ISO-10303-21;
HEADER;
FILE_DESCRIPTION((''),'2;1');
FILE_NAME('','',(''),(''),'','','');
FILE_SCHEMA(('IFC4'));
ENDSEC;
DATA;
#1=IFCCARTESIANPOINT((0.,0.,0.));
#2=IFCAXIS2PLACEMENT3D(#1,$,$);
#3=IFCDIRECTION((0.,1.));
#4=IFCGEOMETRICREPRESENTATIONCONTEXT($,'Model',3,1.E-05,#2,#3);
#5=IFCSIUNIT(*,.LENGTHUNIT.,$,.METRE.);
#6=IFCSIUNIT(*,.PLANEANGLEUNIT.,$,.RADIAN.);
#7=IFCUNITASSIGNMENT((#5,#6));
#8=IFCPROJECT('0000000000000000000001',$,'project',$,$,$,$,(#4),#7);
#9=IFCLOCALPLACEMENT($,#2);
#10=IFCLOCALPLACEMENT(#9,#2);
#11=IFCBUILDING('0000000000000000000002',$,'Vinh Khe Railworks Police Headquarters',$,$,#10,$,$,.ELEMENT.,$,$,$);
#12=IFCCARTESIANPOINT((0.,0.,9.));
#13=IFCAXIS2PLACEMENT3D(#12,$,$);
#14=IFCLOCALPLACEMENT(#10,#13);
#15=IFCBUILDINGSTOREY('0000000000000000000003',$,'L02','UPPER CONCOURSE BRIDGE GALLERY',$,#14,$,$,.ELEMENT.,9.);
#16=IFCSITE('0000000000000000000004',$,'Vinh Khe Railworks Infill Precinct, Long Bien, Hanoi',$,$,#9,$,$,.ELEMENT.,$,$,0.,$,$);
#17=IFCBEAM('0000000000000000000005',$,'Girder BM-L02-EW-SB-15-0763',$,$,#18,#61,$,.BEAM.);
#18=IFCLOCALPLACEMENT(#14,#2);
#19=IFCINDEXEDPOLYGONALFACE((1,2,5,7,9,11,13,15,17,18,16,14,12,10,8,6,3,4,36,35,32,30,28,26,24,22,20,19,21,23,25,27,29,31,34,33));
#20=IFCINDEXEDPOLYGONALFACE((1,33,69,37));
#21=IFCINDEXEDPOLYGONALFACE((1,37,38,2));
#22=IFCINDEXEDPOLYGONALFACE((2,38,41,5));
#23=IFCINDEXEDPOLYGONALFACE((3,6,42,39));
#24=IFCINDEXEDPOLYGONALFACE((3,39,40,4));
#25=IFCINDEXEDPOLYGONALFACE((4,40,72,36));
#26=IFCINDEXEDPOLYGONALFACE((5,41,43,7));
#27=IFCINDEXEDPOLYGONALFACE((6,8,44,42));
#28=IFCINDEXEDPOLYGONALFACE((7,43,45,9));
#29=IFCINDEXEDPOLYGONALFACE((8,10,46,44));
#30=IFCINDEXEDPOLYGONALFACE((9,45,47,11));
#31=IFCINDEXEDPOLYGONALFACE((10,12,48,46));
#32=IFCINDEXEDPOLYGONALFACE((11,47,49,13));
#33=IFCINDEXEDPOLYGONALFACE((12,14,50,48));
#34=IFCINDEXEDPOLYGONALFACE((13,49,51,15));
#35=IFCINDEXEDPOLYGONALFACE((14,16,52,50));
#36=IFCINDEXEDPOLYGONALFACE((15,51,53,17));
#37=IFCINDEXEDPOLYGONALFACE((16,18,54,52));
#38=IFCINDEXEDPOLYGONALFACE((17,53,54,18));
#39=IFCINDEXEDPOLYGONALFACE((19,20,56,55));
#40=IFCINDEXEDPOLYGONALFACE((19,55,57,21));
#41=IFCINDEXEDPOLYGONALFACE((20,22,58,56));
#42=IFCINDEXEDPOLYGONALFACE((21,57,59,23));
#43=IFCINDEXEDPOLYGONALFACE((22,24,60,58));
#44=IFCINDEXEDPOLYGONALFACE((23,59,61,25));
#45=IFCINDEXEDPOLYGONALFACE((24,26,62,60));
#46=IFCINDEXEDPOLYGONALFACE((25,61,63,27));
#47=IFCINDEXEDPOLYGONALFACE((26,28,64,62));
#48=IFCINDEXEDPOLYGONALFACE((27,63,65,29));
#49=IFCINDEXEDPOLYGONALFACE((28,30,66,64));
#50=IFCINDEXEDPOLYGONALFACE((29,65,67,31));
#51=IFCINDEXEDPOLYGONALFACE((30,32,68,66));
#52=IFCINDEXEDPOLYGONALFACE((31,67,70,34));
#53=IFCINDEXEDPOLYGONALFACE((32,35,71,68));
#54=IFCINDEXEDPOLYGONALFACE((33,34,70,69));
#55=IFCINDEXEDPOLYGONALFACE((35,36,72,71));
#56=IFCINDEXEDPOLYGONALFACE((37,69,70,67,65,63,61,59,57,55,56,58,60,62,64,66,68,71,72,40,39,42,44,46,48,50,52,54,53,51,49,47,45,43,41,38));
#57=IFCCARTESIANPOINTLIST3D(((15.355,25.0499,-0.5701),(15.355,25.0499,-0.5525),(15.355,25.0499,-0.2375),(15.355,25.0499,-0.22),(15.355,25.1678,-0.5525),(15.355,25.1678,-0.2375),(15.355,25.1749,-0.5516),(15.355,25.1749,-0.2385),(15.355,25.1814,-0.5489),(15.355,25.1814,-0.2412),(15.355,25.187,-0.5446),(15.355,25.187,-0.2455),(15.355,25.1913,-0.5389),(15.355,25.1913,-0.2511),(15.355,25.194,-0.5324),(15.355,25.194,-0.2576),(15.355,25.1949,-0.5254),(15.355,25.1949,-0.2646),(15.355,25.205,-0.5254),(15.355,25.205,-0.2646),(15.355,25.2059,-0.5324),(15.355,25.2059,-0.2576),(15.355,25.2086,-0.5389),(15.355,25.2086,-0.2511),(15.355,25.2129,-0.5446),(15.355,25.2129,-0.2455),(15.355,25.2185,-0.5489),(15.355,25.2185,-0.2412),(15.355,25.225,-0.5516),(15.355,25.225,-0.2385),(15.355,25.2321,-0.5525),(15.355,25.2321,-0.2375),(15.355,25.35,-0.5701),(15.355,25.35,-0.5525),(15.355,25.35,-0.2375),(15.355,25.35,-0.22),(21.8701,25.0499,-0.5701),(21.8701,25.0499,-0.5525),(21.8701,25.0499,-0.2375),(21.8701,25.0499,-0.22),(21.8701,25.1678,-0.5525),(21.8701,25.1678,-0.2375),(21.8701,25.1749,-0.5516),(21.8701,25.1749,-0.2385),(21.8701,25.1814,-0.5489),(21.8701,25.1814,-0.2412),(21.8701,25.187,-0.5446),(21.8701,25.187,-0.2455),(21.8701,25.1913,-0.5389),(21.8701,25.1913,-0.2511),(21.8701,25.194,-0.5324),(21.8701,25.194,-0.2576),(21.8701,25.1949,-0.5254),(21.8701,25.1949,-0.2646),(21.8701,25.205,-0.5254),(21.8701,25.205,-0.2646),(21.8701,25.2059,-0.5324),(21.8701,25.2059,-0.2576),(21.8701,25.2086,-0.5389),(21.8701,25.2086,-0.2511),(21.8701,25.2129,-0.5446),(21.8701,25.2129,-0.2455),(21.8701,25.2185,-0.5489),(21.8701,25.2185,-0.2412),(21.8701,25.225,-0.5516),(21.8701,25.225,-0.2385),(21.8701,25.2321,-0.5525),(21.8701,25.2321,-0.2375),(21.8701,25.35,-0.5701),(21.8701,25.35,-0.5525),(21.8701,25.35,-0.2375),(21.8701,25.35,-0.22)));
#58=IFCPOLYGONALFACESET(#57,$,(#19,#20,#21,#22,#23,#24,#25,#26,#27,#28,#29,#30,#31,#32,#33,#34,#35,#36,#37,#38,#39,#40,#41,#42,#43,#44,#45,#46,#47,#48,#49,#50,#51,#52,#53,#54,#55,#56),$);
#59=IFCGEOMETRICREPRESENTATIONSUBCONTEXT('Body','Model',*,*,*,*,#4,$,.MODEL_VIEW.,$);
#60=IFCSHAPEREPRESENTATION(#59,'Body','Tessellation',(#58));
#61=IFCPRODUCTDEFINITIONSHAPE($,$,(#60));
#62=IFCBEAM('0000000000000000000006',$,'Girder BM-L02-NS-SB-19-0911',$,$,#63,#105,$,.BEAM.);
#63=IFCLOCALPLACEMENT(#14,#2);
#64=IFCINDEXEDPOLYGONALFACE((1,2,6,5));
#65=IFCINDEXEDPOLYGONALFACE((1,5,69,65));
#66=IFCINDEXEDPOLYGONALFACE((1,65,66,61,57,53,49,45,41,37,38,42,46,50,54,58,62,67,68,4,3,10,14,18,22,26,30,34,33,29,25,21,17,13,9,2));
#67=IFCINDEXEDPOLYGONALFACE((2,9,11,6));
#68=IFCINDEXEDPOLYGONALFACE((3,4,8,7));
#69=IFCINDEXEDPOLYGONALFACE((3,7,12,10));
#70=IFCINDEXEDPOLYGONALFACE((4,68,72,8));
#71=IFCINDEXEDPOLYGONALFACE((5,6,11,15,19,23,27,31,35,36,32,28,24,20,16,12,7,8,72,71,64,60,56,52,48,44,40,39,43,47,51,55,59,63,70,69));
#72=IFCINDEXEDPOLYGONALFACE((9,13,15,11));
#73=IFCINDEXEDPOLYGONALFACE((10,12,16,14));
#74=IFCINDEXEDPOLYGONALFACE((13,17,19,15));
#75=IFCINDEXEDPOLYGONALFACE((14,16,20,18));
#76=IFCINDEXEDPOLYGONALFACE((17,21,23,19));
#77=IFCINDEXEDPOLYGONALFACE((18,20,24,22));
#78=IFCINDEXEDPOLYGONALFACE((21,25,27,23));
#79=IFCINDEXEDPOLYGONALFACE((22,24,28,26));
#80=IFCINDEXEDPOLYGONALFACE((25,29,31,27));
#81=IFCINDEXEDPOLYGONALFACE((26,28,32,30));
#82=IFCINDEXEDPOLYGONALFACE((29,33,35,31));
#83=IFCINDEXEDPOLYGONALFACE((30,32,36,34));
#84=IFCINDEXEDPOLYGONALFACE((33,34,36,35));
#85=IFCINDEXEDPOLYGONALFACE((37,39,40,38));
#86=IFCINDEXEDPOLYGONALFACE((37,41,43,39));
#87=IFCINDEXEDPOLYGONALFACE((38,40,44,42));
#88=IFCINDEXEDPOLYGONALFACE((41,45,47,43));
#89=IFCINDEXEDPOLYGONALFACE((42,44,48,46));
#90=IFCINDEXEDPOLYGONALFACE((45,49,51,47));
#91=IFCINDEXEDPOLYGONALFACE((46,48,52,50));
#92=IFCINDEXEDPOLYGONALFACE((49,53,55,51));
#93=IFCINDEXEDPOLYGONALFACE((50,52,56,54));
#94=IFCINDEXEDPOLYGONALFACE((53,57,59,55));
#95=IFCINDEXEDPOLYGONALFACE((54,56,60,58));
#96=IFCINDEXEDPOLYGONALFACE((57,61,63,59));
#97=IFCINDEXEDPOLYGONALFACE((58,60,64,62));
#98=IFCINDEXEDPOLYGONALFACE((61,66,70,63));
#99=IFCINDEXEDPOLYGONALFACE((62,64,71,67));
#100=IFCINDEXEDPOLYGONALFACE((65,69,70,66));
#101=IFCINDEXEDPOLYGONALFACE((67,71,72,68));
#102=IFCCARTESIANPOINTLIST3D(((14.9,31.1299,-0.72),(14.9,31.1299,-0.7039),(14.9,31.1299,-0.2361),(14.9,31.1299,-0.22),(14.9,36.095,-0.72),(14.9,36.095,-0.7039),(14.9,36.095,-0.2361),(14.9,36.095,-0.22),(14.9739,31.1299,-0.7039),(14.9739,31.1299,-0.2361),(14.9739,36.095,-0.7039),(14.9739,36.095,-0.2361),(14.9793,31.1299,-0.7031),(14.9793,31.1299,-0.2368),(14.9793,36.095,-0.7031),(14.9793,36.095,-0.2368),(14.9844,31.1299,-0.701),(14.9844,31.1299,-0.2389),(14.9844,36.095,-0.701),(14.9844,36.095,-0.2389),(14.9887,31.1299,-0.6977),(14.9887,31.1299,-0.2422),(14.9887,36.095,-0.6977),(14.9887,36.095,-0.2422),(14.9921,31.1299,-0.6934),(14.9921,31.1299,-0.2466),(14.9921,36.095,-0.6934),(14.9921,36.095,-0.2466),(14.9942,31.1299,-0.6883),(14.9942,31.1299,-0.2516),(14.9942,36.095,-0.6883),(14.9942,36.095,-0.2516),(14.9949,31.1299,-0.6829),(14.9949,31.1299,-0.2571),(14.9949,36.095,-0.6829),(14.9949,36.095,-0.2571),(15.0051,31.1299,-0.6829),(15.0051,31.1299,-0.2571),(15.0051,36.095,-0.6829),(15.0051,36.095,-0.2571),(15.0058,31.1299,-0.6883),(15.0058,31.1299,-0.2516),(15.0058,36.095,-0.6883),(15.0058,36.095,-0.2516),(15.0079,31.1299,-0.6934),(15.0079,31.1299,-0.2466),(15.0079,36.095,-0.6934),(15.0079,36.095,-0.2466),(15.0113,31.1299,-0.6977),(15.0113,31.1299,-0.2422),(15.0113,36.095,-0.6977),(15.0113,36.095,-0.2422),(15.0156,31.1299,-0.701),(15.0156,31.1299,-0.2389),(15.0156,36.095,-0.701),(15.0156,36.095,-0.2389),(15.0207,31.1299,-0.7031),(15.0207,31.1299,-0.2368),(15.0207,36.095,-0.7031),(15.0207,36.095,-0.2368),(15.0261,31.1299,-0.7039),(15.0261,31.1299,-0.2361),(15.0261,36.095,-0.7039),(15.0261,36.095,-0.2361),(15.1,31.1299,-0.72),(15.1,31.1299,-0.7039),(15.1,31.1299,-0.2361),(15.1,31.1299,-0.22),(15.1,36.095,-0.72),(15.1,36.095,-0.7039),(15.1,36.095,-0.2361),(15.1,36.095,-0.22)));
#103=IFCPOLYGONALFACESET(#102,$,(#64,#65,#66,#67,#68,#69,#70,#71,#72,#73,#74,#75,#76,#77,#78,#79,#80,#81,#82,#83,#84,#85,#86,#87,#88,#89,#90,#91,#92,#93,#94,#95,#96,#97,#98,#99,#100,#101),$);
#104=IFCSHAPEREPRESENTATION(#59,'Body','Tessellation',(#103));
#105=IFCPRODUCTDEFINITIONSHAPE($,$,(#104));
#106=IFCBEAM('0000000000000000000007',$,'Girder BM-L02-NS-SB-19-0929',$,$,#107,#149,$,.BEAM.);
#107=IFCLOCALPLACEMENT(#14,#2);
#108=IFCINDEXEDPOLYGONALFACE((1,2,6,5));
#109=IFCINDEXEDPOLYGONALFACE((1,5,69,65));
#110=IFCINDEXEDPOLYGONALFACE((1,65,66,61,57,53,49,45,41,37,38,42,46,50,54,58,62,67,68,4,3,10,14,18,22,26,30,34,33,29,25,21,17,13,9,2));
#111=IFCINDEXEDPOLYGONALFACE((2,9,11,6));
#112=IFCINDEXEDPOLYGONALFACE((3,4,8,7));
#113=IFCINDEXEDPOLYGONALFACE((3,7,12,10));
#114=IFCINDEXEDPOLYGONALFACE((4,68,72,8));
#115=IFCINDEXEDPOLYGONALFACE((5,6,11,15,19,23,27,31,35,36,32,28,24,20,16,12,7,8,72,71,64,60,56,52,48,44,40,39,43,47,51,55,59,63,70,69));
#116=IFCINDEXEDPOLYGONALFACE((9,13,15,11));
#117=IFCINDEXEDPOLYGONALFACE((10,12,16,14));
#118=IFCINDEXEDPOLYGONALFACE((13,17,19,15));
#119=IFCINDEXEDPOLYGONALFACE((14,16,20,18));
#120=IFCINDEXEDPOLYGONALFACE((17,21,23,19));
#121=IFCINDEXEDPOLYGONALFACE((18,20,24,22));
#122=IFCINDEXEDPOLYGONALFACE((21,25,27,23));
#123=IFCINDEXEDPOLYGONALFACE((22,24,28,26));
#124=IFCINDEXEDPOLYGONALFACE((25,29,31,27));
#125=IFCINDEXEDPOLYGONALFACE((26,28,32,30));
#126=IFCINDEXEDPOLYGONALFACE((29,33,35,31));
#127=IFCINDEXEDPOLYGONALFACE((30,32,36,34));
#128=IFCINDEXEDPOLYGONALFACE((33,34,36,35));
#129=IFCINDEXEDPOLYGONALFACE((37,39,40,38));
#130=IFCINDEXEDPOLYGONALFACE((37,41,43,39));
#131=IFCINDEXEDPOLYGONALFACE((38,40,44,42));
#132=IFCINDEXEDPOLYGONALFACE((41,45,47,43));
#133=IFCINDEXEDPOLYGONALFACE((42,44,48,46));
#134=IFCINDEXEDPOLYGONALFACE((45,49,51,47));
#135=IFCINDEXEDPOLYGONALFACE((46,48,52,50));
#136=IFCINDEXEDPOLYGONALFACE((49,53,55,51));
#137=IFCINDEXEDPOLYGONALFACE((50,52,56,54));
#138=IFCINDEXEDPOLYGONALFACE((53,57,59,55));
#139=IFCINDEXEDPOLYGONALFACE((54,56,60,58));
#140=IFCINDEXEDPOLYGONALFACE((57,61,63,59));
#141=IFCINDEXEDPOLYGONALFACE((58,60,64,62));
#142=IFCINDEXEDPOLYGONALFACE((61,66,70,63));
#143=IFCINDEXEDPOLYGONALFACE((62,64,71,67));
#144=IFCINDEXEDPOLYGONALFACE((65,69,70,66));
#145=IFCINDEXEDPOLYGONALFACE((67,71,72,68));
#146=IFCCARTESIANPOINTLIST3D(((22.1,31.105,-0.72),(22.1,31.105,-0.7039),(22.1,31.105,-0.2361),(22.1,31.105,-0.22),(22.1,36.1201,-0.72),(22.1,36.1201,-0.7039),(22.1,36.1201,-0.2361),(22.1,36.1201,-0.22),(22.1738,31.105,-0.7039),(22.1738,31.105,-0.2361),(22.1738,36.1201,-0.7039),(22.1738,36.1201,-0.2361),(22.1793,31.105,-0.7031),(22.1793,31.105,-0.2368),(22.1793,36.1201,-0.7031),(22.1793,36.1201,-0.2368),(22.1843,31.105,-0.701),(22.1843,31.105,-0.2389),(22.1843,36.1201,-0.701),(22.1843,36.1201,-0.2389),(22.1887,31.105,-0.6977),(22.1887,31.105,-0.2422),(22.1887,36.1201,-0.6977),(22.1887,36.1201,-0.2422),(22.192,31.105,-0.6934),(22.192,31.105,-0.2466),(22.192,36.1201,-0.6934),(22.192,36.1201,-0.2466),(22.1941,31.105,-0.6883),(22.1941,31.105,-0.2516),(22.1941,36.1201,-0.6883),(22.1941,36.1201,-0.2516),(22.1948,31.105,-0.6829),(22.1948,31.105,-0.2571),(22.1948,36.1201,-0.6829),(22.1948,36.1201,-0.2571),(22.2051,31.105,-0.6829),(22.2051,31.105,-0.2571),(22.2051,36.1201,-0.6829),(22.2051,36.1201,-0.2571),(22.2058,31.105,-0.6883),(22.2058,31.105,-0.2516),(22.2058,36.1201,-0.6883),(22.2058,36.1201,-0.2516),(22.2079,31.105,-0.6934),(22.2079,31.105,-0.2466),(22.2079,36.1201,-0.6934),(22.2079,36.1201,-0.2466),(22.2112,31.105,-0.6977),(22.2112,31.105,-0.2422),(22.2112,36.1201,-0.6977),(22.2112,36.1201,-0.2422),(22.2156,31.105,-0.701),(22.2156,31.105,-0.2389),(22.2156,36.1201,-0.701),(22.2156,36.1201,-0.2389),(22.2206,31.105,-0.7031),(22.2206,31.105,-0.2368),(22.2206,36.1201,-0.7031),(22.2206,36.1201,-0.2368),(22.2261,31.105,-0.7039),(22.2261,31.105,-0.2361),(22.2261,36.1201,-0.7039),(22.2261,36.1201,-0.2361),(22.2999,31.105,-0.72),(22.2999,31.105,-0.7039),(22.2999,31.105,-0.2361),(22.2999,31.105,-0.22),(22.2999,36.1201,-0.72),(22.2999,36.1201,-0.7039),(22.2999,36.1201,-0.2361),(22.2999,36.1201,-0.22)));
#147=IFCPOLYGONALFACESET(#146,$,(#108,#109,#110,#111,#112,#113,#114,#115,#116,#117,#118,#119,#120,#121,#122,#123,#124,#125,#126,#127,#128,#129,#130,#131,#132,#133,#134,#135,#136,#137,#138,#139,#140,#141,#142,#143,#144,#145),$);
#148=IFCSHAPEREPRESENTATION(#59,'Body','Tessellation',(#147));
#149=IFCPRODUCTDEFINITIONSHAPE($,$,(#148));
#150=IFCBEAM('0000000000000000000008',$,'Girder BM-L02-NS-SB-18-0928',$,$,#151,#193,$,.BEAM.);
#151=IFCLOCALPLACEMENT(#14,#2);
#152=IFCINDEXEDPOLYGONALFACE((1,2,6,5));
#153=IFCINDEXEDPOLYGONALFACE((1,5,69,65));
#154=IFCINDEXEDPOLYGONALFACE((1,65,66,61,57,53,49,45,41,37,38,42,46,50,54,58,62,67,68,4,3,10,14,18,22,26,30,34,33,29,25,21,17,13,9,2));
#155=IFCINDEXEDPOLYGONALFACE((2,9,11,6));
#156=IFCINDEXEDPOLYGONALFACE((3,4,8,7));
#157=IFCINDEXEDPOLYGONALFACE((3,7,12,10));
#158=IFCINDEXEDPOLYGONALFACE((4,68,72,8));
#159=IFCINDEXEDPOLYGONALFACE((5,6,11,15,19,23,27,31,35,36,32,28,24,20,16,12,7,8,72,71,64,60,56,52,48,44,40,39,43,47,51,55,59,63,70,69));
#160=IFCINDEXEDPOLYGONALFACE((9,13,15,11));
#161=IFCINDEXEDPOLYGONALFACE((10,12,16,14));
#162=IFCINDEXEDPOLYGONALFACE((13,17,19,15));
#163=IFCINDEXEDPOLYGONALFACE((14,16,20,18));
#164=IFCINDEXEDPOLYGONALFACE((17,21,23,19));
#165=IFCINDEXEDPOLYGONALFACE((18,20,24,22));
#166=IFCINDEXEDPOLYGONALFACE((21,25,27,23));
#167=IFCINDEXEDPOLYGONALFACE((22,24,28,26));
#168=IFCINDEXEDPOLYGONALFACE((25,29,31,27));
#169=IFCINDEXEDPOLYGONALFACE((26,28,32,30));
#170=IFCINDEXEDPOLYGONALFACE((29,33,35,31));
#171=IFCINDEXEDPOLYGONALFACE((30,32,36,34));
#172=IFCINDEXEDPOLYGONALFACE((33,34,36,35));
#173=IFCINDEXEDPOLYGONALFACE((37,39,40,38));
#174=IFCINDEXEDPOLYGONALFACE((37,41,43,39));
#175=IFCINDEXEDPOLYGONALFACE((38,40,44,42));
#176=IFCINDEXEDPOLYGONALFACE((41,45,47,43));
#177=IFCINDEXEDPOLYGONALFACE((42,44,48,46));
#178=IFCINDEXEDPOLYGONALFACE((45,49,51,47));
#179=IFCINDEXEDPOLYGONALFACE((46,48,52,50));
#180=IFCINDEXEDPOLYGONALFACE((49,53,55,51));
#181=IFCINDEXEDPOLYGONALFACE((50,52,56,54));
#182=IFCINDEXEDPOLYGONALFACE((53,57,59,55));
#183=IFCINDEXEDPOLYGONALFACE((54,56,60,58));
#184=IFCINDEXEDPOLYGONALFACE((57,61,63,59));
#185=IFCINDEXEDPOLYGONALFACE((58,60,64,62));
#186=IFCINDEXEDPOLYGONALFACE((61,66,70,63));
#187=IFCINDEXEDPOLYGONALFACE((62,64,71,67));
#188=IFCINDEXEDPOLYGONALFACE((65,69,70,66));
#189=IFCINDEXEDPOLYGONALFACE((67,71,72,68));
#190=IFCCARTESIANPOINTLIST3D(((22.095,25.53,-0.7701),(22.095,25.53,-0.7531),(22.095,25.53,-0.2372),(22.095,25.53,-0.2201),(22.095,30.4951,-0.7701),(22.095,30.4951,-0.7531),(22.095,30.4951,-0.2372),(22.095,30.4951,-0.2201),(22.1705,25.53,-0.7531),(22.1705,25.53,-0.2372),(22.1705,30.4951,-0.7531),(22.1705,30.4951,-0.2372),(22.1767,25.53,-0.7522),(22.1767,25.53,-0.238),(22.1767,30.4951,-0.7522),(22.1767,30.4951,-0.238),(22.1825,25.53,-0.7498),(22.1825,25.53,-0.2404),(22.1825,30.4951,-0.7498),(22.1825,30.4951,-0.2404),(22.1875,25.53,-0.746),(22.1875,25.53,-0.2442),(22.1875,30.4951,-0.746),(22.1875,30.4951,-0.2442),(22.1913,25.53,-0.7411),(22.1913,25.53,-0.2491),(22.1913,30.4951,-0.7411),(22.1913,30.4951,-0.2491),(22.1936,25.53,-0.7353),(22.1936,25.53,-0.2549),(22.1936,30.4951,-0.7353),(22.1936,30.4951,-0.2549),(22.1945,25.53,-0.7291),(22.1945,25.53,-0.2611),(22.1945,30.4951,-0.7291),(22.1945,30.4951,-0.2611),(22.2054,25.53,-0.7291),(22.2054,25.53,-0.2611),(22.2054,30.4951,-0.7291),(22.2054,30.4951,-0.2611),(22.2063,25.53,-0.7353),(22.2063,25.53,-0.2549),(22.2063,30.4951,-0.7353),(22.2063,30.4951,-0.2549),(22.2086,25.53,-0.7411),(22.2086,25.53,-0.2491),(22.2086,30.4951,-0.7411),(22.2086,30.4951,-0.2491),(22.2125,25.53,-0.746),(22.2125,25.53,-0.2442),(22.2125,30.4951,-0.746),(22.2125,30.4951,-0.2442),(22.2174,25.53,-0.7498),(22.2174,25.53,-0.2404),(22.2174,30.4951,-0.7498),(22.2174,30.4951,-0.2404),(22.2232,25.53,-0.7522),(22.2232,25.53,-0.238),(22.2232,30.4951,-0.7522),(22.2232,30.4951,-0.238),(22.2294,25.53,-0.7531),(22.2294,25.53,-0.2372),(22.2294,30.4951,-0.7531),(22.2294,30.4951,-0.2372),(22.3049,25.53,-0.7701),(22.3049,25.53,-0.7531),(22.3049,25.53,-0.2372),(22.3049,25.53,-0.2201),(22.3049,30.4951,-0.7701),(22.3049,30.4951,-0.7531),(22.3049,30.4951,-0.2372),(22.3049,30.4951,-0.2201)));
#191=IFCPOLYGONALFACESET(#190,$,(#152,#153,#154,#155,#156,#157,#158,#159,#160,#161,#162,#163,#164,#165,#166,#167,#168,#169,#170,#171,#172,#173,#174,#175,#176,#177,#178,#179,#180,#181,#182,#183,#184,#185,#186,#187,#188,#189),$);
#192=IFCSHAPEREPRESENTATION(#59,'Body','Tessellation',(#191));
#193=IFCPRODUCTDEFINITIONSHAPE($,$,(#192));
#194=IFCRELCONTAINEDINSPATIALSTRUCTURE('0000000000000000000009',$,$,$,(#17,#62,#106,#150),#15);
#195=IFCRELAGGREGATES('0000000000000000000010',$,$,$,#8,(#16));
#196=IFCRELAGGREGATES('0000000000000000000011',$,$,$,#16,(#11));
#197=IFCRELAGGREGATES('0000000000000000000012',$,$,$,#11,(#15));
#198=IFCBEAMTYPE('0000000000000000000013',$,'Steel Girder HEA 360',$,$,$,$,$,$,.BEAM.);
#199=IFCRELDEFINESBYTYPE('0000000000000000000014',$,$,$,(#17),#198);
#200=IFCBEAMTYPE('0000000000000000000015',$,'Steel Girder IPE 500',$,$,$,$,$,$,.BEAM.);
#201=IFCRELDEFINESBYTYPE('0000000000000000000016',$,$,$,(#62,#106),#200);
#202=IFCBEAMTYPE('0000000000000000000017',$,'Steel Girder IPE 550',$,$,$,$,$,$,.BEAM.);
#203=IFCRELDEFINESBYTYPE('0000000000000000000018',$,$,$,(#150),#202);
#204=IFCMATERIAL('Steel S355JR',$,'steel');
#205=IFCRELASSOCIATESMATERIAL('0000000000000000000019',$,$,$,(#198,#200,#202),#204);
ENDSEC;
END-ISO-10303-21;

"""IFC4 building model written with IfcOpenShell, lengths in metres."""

from ifc_helpers import new_model, si_unit, direction, frame, origin, origin_2d, place, context, subcontext, project, spatial, i_section, extrude, material, material_profile, profile_set, type_object, element, save


model = new_model("IFC4")

# Units and contexts
model_context = context("Model", 3, precision=1e-05, world=origin(), true_north=direction((0.0, 1.0)))
body_context = subcontext(model_context, "Body", "Model", "MODEL_VIEW")
ifc_project = project(units=[si_unit("LENGTHUNIT", "METRE"), si_unit("PLANEANGLEUNIT", "RADIAN")], contexts=[model_context])

# Site, building, storey
site_placement = place(None, origin())
site = spatial("IfcSite", under=ifc_project, at=site_placement, Name="Vinh Khe Railworks Infill Precinct, Long Bien, Hanoi", CompositionType="ELEMENT", RefElevation=0.0)
building_placement = place(site_placement, origin())
building = spatial("IfcBuilding", under=site, at=building_placement, Name="Vinh Khe Railworks Police Headquarters", CompositionType="ELEMENT")
storey_placement = place(building_placement, frame((0.0, 0.0, 9.0)))
storey = spatial("IfcBuildingStorey", under=building, at=storey_placement, Name="L02", Description="UPPER CONCOURSE BRIDGE GALLERY", CompositionType="ELEMENT", Elevation=9.0)

# Shared definitions
ifc_material_1 = material(Name="Steel S355JR", Category="steel")

# Beams
ifc_material_profile_1 = material_profile(ifc_material_1, i_section(OverallWidth=0.3, OverallDepth=0.3501, WebThickness=0.01, FlangeThickness=0.0176, FilletRadius=0.0271, at=origin_2d()), Name="HEA 360")
ifc_profile_set_1 = profile_set([ifc_material_profile_1], Name="Steel S355JR")
beam_type_1 = type_object("IfcBeamType", Name="Steel Girder HEA 360", PredefinedType="BEAM", material=ifc_profile_set_1)
beam_1_placement = place(storey_placement, frame((15.355, 25.2, -0.395), z_axis=(1.0, 0.0, 0.0), x_axis=(0.0, 1.0, 0.0)))
element("IfcBeam", 1, at=beam_1_placement, inside=storey, type_object=beam_type_1, Name="Girder BM-L02-EW-SB-15-0763", PredefinedType="BEAM", context=body_context, shape_type="SweptSolid", body=[
    extrude(i_section(OverallWidth=0.3, OverallDepth=0.3501, WebThickness=0.01, FlangeThickness=0.0176, FilletRadius=0.0271, at=origin_2d()), origin(), (0.0, 0.0, 1.0), 6.5151),
])
ifc_material_profile_2 = material_profile(ifc_material_1, i_section(OverallWidth=0.2, OverallDepth=0.5, WebThickness=0.0103, FlangeThickness=0.0161, FilletRadius=0.021, at=origin_2d()), Name="IPE 500")
ifc_profile_set_2 = profile_set([ifc_material_profile_2], Name="Steel S355JR")
beam_type_2 = type_object("IfcBeamType", Name="Steel Girder IPE 500", PredefinedType="BEAM", material=ifc_profile_set_2)
beam_2_placement = place(storey_placement, frame((15.0, 31.1299, -0.47), z_axis=(0.0, 1.0, 0.0), x_axis=(-1.0, 0.0, 0.0)))
element("IfcBeam", 2, at=beam_2_placement, inside=storey, type_object=beam_type_2, Name="Girder BM-L02-NS-SB-19-0911", PredefinedType="BEAM", context=body_context, shape_type="SweptSolid", body=[
    extrude(i_section(OverallWidth=0.2, OverallDepth=0.5, WebThickness=0.0103, FlangeThickness=0.0161, FilletRadius=0.021, at=origin_2d()), origin(), (0.0, 0.0, 1.0), 4.9651),
])
beam_3_placement = place(storey_placement, frame((22.2, 31.105, -0.47), z_axis=(0.0, 1.0, 0.0), x_axis=(-1.0, 0.0, 0.0)))
element("IfcBeam", 3, at=beam_3_placement, inside=storey, type_object=beam_type_2, Name="Girder BM-L02-NS-SB-19-0929", PredefinedType="BEAM", context=body_context, shape_type="SweptSolid", body=[
    extrude(i_section(OverallWidth=0.2, OverallDepth=0.5, WebThickness=0.0103, FlangeThickness=0.0161, FilletRadius=0.021, at=origin_2d()), origin(), (0.0, 0.0, 1.0), 5.0151),
])
ifc_material_profile_3 = material_profile(ifc_material_1, i_section(OverallWidth=0.21, OverallDepth=0.55, WebThickness=0.011, FlangeThickness=0.0171, FilletRadius=0.0239, at=origin_2d()), Name="IPE 550")
ifc_profile_set_3 = profile_set([ifc_material_profile_3], Name="Steel S355JR")
beam_type_3 = type_object("IfcBeamType", Name="Steel Girder IPE 550", PredefinedType="BEAM", material=ifc_profile_set_3)
beam_4_placement = place(storey_placement, frame((22.2, 25.53, -0.4951), z_axis=(0.0, 1.0, 0.0), x_axis=(-1.0, 0.0, 0.0)))
element("IfcBeam", 4, at=beam_4_placement, inside=storey, type_object=beam_type_3, Name="Girder BM-L02-NS-SB-18-0928", PredefinedType="BEAM", context=body_context, shape_type="SweptSolid", body=[
    extrude(i_section(OverallWidth=0.21, OverallDepth=0.55, WebThickness=0.011, FlangeThickness=0.0171, FilletRadius=0.0239, at=origin_2d()), origin(), (0.0, 0.0, 1.0), 4.9651),
])

save(model, "model.ifc")
